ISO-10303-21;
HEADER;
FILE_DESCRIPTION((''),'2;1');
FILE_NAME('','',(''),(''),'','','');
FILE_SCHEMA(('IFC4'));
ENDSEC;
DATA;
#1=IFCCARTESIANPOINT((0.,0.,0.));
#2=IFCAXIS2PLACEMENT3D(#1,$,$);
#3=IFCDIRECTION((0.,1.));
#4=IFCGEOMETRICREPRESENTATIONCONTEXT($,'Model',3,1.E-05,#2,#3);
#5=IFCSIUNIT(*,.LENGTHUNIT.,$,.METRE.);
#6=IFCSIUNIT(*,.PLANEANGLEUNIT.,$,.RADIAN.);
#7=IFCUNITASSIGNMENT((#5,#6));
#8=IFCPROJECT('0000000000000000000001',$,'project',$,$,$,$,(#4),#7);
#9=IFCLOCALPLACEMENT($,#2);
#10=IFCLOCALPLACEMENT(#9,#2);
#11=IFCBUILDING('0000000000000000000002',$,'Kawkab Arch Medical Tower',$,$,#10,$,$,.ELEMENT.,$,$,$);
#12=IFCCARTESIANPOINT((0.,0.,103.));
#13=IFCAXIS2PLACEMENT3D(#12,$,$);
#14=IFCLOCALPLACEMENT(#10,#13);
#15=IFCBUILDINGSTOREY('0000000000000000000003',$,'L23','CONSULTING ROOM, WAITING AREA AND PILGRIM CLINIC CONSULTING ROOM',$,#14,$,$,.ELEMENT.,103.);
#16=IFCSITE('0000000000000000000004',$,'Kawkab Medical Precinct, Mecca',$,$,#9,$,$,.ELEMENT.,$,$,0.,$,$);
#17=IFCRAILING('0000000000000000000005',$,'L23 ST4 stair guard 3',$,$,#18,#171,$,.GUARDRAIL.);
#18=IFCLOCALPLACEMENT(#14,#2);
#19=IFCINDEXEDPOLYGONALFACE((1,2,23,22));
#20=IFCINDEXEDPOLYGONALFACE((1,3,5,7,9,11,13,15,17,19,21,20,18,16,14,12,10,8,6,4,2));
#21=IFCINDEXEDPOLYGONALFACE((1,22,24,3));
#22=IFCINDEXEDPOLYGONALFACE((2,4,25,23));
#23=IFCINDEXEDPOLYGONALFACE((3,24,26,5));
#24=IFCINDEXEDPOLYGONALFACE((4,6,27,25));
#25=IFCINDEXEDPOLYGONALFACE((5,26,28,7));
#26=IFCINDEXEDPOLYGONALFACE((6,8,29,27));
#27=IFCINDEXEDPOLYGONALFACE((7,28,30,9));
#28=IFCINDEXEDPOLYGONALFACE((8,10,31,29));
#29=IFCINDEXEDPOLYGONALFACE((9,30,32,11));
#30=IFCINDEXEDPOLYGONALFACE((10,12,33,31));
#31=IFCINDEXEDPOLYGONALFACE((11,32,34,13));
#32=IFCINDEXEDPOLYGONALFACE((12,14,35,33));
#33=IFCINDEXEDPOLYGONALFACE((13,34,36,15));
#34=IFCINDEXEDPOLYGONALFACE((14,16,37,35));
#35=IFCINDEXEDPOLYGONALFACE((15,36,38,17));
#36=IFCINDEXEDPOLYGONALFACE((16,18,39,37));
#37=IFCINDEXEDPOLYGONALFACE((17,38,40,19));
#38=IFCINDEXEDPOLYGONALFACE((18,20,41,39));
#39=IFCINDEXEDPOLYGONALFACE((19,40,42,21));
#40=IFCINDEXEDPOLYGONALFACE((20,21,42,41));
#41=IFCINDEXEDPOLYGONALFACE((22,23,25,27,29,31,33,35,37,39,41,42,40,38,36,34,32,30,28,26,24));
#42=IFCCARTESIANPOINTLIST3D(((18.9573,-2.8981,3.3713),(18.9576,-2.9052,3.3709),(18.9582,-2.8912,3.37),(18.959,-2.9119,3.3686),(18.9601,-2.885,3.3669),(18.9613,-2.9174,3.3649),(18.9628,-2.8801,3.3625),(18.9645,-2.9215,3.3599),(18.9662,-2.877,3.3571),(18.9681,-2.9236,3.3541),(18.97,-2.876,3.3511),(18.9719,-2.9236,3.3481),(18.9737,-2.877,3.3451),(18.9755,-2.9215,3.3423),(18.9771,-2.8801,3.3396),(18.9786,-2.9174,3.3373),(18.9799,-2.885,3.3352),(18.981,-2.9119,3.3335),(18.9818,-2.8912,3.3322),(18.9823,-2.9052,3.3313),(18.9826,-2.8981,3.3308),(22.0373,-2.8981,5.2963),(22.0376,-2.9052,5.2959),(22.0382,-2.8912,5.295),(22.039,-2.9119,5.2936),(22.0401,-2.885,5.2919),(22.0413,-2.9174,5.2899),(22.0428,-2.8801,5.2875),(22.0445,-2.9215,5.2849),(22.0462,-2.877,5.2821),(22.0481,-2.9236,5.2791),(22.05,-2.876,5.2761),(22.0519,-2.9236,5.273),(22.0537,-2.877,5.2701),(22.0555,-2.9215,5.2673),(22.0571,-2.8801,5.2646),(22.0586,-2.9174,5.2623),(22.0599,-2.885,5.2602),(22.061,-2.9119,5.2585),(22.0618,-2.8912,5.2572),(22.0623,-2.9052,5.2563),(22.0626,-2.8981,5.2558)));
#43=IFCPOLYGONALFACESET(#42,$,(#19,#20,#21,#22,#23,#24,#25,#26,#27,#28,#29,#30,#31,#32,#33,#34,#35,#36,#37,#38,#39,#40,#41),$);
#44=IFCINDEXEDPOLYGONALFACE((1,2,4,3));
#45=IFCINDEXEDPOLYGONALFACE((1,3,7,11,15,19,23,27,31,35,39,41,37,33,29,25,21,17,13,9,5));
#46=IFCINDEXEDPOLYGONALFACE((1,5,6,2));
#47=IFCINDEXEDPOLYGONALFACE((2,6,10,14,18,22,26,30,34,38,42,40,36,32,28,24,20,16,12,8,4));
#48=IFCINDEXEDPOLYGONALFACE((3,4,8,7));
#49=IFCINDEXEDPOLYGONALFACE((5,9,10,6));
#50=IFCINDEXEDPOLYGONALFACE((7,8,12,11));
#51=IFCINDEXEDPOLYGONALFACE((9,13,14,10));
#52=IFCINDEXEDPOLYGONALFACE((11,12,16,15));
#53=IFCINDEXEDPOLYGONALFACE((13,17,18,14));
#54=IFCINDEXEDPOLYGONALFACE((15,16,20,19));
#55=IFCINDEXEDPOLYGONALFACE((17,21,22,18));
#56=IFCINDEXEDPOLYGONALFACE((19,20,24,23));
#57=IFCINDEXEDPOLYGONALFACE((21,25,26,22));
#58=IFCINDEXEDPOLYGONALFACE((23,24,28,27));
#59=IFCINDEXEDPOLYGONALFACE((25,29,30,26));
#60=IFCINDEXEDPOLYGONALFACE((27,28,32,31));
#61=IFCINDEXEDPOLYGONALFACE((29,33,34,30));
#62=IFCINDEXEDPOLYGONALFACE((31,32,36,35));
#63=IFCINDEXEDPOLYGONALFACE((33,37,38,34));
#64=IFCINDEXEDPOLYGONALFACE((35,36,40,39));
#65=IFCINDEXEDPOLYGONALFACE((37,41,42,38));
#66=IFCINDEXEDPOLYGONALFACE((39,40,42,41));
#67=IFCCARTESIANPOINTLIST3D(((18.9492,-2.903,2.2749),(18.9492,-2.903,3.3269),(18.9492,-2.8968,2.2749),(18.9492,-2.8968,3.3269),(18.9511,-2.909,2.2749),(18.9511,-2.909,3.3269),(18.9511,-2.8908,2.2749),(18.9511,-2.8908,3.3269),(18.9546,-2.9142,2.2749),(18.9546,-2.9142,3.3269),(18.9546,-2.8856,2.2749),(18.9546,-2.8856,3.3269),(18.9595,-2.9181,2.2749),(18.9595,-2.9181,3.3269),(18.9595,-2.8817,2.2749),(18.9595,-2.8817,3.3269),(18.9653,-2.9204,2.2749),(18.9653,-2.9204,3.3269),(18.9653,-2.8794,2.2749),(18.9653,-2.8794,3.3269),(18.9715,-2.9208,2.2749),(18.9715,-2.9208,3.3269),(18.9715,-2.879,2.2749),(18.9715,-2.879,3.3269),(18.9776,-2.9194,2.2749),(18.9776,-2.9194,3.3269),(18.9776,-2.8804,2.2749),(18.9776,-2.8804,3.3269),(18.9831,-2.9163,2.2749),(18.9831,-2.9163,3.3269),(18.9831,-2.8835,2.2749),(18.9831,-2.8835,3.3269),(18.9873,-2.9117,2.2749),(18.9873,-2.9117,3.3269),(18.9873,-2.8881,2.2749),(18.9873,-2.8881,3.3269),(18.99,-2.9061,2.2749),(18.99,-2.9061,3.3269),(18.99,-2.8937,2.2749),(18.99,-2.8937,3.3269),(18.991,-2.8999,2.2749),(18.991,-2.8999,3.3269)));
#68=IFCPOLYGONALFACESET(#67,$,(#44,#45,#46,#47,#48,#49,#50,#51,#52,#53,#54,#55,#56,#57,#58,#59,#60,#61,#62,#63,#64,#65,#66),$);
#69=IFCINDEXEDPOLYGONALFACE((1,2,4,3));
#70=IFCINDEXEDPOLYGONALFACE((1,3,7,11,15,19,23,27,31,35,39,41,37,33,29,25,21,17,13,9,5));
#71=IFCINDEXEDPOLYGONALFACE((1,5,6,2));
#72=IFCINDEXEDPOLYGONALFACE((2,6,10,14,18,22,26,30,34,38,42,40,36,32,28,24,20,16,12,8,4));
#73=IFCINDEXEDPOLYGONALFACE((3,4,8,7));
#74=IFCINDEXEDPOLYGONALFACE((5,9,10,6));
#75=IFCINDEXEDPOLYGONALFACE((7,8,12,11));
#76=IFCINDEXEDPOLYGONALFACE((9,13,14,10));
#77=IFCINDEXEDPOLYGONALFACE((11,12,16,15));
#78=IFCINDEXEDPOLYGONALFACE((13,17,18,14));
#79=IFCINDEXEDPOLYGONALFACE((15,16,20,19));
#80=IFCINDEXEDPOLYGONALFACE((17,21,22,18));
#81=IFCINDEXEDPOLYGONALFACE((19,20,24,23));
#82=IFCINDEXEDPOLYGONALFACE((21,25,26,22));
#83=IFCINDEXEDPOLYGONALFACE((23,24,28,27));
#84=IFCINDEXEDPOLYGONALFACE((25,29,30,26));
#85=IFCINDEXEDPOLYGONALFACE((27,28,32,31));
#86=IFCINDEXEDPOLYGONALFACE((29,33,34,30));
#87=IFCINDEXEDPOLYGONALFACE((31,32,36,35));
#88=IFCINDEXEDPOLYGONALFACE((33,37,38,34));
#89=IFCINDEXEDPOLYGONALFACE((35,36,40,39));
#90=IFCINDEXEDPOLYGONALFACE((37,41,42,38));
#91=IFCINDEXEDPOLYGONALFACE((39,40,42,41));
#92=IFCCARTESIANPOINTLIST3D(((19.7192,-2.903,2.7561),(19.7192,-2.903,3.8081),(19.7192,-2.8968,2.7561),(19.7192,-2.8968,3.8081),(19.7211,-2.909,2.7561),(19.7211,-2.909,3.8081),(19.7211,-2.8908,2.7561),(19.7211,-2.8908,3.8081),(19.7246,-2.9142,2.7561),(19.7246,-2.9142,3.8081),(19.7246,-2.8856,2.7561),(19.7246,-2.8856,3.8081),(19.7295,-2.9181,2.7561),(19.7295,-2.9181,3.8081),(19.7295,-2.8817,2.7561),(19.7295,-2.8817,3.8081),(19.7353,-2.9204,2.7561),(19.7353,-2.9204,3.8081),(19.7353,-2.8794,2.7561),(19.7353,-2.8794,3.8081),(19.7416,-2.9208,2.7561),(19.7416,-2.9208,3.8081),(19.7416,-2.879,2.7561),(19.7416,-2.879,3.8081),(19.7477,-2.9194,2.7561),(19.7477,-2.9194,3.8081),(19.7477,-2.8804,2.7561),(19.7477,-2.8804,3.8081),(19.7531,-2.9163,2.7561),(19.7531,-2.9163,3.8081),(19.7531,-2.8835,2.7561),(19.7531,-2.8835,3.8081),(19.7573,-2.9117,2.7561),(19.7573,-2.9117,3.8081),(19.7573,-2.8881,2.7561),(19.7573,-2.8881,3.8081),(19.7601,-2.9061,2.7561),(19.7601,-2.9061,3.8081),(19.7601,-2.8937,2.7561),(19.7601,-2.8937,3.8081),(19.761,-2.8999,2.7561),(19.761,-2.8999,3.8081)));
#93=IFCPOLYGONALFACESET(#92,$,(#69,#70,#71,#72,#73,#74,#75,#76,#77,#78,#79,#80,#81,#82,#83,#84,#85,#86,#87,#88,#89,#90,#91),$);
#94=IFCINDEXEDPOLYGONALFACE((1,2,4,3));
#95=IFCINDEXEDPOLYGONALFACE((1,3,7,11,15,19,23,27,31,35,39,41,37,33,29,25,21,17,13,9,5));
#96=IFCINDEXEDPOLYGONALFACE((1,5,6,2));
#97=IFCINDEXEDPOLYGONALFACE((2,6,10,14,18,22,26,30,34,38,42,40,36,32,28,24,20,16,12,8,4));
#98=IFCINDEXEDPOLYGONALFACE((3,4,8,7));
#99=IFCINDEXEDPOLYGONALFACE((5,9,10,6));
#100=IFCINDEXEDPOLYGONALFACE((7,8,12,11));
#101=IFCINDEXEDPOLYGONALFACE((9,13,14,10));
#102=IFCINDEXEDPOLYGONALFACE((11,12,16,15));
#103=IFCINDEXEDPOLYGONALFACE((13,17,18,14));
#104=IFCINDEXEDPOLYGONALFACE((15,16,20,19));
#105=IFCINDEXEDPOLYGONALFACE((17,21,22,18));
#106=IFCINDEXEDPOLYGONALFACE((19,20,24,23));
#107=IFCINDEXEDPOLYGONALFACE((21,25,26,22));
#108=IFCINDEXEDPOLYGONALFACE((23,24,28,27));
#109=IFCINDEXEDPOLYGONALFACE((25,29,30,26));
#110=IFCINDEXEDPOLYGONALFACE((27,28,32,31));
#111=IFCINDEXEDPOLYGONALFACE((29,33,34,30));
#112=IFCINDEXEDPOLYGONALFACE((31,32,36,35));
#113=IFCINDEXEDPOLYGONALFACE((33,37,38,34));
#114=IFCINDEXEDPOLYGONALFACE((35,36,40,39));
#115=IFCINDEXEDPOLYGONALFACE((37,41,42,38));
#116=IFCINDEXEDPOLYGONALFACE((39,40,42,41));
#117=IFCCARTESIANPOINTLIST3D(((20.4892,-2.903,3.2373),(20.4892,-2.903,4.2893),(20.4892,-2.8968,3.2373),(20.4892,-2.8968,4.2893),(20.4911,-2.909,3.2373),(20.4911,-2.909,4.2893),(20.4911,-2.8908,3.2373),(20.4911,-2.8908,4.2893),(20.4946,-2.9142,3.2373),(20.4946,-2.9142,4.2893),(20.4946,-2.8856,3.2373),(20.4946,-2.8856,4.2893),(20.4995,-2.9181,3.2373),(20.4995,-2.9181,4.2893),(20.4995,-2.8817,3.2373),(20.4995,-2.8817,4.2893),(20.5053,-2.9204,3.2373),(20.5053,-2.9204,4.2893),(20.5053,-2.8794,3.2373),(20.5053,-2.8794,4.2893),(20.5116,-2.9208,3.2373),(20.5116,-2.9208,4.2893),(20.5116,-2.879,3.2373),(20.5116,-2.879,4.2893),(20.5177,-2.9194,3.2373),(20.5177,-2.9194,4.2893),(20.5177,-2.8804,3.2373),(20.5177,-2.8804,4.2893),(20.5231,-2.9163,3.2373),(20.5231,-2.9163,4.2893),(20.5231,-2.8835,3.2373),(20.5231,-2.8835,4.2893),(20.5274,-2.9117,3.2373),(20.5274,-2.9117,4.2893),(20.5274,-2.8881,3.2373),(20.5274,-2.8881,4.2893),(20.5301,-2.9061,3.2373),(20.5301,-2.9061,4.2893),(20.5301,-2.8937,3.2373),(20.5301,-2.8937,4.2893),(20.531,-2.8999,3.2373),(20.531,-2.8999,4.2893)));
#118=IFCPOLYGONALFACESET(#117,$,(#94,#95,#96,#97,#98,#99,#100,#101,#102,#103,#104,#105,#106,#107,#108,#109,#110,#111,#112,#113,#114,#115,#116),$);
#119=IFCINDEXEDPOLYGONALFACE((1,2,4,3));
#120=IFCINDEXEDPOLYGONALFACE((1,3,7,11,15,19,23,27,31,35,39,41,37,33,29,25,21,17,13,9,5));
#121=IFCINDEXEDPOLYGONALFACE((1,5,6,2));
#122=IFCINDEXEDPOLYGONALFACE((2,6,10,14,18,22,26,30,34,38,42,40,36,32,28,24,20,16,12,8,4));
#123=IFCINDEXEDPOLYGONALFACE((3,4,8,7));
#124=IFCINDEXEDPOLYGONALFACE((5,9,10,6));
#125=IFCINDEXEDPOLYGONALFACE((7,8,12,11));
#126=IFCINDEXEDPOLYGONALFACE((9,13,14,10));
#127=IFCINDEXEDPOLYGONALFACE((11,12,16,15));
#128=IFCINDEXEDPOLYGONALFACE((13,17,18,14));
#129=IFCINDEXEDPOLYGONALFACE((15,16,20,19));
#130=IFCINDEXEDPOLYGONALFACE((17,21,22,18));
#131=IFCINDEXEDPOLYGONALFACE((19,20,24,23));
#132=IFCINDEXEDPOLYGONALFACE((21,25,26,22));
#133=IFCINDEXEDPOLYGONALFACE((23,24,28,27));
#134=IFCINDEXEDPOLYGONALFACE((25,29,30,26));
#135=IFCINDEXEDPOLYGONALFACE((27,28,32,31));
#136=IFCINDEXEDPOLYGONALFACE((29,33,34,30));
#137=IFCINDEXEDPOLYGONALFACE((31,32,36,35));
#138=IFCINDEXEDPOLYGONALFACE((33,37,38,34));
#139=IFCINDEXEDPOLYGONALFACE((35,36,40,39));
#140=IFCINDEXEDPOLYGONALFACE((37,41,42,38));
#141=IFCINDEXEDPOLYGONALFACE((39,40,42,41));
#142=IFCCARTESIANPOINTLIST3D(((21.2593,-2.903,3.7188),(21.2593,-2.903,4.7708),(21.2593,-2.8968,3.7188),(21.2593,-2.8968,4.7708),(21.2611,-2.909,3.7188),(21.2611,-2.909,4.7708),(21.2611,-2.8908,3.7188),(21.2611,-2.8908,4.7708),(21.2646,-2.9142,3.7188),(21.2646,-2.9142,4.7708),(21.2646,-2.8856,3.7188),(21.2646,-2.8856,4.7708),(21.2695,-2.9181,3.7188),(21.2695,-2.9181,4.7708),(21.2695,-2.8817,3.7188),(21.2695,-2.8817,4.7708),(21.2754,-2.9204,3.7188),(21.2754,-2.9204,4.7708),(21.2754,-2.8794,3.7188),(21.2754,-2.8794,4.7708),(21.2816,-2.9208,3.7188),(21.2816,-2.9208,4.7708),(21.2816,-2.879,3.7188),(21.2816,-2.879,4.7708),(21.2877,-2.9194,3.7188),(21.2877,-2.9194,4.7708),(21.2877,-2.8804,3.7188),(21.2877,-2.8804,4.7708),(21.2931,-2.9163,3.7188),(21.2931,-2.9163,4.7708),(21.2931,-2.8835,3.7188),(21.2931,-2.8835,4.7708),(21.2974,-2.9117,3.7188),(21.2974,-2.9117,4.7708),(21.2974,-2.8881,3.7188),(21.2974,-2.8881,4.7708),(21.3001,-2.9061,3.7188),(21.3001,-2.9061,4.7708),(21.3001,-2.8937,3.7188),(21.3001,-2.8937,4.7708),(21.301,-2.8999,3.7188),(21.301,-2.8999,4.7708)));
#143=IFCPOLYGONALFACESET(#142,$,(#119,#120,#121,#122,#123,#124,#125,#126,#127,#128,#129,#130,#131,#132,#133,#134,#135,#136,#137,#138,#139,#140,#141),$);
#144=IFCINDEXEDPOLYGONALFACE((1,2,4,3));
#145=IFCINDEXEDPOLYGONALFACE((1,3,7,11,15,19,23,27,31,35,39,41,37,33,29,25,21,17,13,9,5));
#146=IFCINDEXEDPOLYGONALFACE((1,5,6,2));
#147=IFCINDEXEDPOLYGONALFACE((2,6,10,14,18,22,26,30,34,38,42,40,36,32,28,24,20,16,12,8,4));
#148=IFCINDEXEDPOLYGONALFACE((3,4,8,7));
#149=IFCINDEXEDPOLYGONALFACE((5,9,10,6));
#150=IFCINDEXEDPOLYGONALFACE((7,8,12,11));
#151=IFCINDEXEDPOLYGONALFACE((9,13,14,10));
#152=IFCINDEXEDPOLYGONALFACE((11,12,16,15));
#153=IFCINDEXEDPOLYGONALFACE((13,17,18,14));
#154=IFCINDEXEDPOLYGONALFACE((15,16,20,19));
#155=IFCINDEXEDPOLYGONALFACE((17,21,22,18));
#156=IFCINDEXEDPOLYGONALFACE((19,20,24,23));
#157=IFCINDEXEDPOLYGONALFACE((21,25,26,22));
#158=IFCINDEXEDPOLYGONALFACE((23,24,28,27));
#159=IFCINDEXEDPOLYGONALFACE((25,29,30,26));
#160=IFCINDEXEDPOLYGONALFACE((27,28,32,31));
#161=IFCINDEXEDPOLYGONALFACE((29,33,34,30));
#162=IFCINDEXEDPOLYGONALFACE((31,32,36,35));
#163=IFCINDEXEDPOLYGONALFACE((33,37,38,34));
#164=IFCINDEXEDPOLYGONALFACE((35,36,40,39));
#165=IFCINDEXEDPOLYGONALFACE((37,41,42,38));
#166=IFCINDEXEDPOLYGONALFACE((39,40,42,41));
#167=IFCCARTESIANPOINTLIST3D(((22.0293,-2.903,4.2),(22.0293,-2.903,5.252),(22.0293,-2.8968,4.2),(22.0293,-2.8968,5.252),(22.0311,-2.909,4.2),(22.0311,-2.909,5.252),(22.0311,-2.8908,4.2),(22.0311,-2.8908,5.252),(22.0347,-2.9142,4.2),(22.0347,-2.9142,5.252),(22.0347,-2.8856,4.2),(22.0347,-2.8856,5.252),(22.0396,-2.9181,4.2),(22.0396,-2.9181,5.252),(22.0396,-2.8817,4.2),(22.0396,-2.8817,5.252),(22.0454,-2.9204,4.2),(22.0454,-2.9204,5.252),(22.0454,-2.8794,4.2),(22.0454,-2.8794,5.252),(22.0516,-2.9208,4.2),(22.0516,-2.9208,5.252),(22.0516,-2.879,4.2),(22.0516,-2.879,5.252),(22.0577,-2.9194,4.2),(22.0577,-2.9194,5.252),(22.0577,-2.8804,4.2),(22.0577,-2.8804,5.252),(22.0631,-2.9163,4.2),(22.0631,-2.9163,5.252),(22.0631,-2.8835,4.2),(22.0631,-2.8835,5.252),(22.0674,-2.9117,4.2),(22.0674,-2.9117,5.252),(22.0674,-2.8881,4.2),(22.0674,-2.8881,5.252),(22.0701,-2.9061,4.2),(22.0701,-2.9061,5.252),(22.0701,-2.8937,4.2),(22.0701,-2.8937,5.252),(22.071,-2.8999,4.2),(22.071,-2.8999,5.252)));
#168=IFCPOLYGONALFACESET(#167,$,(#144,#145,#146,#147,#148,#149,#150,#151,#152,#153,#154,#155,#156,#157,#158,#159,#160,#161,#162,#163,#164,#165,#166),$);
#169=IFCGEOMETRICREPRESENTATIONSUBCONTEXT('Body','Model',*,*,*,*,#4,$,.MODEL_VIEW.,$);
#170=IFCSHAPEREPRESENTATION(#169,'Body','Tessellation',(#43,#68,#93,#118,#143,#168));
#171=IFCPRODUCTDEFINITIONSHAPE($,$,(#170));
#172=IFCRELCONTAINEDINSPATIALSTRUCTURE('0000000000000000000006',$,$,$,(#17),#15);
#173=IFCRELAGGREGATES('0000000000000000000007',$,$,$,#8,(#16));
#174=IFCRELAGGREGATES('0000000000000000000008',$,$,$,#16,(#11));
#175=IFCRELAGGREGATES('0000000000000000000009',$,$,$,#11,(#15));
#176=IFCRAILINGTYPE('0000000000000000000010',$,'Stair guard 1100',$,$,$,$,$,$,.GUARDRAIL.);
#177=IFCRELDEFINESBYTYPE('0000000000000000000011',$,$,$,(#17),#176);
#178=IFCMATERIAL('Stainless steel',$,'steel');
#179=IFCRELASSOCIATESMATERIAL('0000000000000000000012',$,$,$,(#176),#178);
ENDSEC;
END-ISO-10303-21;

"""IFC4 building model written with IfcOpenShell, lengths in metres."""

from ifc_helpers import new_model, si_unit, direction, frame, origin, origin_2d, place, context, subcontext, project, spatial, circle, extrude, material, type_object, element, save


model = new_model("IFC4")

# Units and contexts
model_context = context("Model", 3, precision=1e-05, world=origin(), true_north=direction((0.0, 1.0)))
body_context = subcontext(model_context, "Body", "Model", "MODEL_VIEW")
ifc_project = project(units=[si_unit("LENGTHUNIT", "METRE"), si_unit("PLANEANGLEUNIT", "RADIAN")], contexts=[model_context])

# Site, building, storey
site_placement = place(None, origin())
site = spatial("IfcSite", under=ifc_project, at=site_placement, Name="Kawkab Medical Precinct, Mecca", CompositionType="ELEMENT", RefElevation=0.0)
building_placement = place(site_placement, origin())
building = spatial("IfcBuilding", under=site, at=building_placement, Name="Kawkab Arch Medical Tower", CompositionType="ELEMENT")
storey_placement = place(building_placement, frame((0.0, 0.0, 103.0)))
storey = spatial("IfcBuildingStorey", under=building, at=storey_placement, Name="L23", Description="CONSULTING ROOM, WAITING AREA AND PILGRIM CLINIC CONSULTING ROOM", CompositionType="ELEMENT", Elevation=103.0)

# Railing
ifc_material_1 = material(Name="Stainless steel", Category="steel")
railing_type_1 = type_object("IfcRailingType", Name="Stair guard 1100", PredefinedType="GUARDRAIL", material=ifc_material_1)
railing_1_placement = place(storey_placement, frame((18.97, -2.8999, 2.2749)))
element("IfcRailing", 1, at=railing_1_placement, inside=storey, type_object=railing_type_1, Name="L23 ST4 stair guard 3", PredefinedType="GUARDRAIL", context=body_context, shape_type="SweptSolid", body=[
    extrude(circle(Radius=0.0239, at=origin_2d()), frame((0.0, 0.0, 1.0762), z_axis=(0.847998, 0.0, 0.529999), x_axis=(0.0, 1.0, 0.0)), (0.0, 0.0, 1.0), 3.6321),
    extrude(circle(Radius=0.021, at=origin_2d()), origin(), (0.0, 0.0, 1.0), 1.052),
    extrude(circle(Radius=0.021, at=origin_2d()), frame((0.77, 0.0, 0.4812)), (0.0, 0.0, 1.0), 1.052),
    extrude(circle(Radius=0.021, at=origin_2d()), frame((1.54, 0.0, 0.9624)), (0.0, 0.0, 1.0), 1.052),
    extrude(circle(Radius=0.021, at=origin_2d()), frame((2.3101, 0.0, 1.4438)), (0.0, 0.0, 1.0), 1.052),
    extrude(circle(Radius=0.021, at=origin_2d()), frame((3.0801, 0.0, 1.925)), (0.0, 0.0, 1.0), 1.052),
])

save(model, "model.ifc")
